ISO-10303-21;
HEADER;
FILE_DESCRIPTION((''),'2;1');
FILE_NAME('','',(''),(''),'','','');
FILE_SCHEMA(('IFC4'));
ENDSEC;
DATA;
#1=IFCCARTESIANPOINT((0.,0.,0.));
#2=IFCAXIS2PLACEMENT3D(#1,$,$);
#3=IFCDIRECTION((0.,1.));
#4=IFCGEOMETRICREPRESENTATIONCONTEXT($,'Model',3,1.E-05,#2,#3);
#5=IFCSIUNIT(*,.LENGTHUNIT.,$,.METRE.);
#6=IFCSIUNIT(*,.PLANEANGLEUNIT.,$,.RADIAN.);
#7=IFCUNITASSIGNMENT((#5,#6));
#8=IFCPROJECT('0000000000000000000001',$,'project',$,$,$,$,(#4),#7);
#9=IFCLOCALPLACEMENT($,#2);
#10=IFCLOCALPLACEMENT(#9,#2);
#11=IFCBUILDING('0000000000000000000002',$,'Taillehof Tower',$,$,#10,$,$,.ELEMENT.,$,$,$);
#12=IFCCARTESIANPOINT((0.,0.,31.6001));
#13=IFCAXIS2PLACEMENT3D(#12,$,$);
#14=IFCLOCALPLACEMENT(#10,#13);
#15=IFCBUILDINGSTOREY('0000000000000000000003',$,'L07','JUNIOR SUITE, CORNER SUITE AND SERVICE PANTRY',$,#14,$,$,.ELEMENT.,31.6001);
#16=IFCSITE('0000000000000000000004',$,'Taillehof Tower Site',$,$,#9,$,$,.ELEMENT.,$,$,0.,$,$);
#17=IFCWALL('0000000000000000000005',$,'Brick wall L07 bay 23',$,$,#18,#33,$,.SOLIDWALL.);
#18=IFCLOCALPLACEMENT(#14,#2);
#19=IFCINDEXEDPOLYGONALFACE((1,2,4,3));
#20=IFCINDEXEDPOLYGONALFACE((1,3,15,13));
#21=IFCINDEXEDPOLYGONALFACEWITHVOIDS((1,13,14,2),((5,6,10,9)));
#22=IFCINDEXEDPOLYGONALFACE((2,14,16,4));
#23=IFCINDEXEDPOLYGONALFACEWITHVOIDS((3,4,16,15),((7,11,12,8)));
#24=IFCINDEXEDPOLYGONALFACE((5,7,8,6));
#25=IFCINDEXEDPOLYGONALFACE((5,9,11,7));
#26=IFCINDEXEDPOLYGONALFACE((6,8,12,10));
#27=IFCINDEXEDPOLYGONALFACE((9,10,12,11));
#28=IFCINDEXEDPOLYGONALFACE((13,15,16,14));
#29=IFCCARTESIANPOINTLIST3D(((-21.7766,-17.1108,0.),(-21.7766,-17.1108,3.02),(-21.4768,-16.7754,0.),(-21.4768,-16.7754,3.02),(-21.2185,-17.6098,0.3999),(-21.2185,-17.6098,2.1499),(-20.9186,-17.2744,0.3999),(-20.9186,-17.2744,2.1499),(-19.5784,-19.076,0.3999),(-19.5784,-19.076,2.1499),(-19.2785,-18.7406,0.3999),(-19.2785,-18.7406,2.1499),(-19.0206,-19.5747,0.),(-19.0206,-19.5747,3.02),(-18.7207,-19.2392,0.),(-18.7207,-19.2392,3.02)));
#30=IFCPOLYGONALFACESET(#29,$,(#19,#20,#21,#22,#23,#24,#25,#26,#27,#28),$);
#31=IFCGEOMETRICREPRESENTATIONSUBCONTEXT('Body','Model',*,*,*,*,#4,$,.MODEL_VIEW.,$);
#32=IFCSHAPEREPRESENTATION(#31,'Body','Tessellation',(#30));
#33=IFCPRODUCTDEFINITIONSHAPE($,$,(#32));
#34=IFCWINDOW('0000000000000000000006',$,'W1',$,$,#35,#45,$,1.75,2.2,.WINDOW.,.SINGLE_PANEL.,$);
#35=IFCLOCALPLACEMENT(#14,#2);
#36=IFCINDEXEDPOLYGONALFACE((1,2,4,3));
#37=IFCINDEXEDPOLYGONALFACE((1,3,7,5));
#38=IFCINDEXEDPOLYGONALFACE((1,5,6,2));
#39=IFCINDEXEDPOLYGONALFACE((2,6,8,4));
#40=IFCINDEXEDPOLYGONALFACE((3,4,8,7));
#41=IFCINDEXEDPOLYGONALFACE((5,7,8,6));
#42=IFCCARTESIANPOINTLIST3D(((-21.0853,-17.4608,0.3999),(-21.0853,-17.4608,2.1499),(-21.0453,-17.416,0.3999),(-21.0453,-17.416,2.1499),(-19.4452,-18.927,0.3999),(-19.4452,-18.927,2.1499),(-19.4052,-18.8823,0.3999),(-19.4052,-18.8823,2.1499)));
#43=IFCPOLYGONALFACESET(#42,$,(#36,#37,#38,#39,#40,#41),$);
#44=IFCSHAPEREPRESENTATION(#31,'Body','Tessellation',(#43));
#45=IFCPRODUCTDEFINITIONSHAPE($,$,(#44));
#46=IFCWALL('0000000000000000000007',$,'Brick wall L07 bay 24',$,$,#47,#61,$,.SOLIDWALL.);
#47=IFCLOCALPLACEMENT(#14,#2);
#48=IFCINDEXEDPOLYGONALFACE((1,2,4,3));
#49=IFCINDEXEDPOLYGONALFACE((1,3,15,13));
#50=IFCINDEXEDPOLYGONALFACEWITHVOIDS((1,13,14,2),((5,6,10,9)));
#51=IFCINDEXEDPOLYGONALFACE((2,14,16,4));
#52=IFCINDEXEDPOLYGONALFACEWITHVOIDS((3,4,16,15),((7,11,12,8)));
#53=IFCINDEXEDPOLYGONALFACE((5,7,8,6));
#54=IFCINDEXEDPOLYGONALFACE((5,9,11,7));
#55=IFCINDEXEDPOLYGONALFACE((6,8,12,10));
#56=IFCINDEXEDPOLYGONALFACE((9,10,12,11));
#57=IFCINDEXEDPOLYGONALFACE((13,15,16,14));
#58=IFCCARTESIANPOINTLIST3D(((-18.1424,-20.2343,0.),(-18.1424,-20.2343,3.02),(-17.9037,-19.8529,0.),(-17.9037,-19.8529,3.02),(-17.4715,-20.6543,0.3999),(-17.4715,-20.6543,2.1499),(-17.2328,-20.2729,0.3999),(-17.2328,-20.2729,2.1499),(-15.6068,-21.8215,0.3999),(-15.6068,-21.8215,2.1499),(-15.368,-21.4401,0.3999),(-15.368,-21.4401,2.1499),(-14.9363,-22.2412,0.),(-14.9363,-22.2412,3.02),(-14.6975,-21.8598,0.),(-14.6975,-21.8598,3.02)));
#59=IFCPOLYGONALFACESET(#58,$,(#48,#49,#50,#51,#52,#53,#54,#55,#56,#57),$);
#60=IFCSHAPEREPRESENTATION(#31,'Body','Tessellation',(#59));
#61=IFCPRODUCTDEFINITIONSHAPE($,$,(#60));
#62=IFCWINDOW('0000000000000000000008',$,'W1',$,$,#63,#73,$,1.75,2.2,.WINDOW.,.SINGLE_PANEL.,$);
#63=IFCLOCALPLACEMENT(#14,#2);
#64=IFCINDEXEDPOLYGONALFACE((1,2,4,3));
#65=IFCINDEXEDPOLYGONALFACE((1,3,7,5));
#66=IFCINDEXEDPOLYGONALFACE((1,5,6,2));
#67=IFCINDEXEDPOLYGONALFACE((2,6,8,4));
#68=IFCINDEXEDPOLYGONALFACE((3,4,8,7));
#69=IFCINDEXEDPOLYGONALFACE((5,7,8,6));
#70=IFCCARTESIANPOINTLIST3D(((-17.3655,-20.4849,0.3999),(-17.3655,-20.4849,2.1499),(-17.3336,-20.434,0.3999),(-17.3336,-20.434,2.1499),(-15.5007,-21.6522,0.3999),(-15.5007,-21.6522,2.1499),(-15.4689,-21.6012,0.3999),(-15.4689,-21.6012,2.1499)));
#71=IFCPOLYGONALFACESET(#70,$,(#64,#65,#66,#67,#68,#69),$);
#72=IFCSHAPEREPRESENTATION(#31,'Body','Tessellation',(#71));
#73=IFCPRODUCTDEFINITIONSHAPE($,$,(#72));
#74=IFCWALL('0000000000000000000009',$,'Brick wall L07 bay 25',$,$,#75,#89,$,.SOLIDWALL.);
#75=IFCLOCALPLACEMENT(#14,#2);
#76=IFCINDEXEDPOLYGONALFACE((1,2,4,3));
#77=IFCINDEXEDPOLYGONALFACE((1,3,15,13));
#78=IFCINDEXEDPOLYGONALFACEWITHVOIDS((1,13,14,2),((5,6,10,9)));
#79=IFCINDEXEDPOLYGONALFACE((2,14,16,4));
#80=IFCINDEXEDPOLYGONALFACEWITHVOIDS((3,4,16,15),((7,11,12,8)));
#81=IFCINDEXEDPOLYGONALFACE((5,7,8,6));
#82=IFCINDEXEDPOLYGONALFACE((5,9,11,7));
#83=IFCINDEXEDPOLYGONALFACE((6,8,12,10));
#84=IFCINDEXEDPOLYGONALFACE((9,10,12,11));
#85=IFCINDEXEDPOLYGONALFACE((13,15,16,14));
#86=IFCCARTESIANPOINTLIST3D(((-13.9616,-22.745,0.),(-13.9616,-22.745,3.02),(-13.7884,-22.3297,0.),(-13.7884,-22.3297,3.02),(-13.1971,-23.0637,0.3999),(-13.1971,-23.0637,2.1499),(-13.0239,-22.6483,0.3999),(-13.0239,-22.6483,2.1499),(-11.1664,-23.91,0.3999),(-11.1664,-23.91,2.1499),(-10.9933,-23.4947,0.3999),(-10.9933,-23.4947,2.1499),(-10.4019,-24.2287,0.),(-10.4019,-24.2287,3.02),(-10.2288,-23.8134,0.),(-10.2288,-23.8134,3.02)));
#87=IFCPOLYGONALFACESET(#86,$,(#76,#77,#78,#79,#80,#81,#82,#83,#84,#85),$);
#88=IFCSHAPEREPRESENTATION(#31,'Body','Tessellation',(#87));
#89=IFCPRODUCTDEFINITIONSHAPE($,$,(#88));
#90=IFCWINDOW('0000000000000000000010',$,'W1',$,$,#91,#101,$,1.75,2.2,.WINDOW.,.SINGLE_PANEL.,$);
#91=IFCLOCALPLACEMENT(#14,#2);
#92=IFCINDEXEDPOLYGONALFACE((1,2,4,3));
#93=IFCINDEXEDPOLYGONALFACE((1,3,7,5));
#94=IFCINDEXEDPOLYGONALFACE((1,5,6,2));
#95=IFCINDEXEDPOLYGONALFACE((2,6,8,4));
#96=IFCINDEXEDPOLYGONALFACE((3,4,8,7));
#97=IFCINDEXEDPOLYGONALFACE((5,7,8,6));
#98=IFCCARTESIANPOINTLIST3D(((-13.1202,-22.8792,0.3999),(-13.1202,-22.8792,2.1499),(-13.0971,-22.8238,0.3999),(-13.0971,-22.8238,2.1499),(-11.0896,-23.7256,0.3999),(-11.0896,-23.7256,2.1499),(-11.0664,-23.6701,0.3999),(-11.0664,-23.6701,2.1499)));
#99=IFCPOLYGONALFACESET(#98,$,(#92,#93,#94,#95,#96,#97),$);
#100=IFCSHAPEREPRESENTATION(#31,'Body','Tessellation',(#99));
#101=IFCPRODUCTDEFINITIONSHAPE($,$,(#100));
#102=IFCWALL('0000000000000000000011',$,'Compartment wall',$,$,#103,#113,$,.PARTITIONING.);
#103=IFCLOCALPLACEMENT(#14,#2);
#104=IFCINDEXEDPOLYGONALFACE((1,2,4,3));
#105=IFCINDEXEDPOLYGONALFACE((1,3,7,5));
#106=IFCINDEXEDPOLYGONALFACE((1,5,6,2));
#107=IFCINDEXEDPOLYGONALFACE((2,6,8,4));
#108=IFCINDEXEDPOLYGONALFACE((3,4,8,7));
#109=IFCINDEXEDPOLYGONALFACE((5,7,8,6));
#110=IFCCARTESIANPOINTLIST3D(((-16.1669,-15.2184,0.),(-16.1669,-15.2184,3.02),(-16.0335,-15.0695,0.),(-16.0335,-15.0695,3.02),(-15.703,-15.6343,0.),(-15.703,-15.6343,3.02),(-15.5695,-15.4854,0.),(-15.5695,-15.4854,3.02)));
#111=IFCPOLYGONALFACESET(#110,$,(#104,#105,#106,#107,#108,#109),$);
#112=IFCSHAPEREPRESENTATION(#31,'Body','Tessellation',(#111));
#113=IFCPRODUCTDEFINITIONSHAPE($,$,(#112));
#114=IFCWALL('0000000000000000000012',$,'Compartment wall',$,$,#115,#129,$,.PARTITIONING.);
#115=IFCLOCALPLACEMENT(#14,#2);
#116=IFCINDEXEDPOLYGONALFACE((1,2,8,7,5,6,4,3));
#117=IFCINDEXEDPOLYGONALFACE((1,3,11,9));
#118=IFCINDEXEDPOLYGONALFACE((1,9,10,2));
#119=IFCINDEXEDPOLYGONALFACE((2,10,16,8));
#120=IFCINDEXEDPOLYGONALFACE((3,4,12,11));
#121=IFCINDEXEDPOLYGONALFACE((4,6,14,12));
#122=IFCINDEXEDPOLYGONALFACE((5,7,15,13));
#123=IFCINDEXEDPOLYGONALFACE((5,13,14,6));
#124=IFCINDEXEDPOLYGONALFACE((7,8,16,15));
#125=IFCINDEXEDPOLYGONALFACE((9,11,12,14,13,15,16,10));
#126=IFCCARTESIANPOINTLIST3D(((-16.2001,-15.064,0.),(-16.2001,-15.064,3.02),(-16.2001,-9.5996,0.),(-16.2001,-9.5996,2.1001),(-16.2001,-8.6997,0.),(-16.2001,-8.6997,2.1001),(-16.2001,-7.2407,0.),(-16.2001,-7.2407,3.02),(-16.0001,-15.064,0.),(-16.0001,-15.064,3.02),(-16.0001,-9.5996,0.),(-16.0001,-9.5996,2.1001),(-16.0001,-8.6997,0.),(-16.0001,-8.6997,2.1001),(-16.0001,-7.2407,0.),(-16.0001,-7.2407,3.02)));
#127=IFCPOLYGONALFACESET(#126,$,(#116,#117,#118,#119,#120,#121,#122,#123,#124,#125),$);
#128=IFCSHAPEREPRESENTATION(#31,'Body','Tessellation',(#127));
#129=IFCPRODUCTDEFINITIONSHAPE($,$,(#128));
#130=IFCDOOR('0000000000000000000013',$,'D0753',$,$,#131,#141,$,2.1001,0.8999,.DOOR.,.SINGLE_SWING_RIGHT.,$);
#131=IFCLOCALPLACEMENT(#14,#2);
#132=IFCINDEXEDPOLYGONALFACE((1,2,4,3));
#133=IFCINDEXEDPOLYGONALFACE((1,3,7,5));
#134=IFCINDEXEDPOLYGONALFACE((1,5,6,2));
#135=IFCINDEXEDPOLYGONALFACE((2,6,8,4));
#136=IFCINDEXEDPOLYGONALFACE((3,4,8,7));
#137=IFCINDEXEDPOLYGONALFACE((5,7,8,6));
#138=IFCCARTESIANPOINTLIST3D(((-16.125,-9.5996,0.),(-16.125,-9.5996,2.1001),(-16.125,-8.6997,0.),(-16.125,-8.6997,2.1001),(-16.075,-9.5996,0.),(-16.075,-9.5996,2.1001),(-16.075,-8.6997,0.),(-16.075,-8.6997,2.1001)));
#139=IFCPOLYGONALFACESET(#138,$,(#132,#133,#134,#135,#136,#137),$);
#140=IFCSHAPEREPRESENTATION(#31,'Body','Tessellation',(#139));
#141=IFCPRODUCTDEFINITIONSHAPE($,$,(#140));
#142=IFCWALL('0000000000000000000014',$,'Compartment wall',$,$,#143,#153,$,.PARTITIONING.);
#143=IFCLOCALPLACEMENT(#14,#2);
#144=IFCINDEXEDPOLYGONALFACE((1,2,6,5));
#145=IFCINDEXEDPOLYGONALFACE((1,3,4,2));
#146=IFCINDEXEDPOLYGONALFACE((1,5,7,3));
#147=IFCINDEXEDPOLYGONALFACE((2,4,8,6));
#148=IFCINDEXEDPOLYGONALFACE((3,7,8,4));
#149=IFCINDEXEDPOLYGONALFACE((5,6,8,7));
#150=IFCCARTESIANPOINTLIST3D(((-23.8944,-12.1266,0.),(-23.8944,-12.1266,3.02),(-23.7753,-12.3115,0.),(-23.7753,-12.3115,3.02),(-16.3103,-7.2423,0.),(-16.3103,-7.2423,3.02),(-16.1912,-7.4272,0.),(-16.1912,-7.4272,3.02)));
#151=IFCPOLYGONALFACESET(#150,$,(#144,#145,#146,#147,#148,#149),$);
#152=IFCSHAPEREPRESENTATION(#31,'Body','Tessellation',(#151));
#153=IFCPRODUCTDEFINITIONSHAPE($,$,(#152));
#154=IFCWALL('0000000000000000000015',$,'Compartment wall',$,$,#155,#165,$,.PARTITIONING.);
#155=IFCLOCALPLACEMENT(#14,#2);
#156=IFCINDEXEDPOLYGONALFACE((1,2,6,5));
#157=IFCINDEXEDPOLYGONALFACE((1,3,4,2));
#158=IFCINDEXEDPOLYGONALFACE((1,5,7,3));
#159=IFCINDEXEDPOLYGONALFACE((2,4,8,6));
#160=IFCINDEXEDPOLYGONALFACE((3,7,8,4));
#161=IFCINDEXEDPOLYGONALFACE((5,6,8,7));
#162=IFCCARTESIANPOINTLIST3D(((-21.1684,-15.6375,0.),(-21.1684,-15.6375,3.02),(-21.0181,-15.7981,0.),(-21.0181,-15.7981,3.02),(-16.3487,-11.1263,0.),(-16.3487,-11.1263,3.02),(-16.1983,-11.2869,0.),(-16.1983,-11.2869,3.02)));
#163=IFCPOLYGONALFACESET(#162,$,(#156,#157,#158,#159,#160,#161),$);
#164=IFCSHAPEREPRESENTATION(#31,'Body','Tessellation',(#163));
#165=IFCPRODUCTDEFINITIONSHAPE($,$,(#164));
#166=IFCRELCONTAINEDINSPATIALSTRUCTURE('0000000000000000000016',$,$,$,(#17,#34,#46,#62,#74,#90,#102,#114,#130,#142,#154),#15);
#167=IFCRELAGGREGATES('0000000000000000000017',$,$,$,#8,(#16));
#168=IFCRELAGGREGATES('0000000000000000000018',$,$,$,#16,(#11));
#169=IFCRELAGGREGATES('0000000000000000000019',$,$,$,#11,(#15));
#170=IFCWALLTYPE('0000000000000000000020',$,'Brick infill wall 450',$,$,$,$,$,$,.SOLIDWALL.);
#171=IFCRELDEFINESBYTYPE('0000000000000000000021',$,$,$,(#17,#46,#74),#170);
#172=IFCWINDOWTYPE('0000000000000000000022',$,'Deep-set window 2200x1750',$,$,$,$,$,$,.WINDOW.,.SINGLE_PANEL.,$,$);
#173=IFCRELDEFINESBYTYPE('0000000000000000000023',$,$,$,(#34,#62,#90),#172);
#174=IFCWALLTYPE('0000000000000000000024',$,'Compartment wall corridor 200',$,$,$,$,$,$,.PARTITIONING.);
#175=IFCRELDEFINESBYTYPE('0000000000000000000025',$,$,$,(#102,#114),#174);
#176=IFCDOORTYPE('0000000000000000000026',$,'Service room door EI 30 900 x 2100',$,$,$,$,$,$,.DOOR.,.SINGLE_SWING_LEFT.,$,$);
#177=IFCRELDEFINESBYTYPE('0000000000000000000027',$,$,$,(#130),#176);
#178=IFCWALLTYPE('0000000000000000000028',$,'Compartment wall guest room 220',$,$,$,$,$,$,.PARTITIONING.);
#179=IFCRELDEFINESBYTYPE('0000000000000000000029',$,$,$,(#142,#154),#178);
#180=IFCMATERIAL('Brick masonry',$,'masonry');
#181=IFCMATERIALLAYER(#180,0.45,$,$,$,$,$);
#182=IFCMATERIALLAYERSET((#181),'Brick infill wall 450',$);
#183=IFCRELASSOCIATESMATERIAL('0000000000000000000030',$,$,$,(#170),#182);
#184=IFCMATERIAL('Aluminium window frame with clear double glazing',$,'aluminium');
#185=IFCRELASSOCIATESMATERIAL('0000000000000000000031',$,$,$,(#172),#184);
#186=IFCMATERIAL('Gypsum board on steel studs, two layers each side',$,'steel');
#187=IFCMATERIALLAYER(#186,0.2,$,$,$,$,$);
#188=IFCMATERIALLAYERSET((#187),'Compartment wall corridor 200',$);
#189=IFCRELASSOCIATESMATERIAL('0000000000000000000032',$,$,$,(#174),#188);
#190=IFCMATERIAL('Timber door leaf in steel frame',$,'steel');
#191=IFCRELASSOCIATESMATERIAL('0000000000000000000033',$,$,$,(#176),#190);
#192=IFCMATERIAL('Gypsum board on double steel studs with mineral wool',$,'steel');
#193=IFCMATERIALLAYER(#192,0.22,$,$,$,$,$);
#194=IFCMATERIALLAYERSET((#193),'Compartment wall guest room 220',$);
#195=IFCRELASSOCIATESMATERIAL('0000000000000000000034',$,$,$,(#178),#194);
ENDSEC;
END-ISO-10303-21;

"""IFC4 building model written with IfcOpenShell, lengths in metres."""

from ifc_helpers import new_model, si_unit, direction, frame, frame_2d, origin, place, context, subcontext, project, spatial, rectangle, extrude, material, layer, layer_set, type_object, element, fill, save


model = new_model("IFC4")

# Units and contexts
model_context = context("Model", 3, precision=1e-05, world=origin(), true_north=direction((0.0, 1.0)))
body_context = subcontext(model_context, "Body", "Model", "MODEL_VIEW")
ifc_project = project(units=[si_unit("LENGTHUNIT", "METRE"), si_unit("PLANEANGLEUNIT", "RADIAN")], contexts=[model_context])

# Site, building, storey
site_placement = place(None, origin())
site = spatial("IfcSite", under=ifc_project, at=site_placement, Name="Taillehof Tower Site", CompositionType="ELEMENT", RefElevation=0.0)
building_placement = place(site_placement, origin())
building = spatial("IfcBuilding", under=site, at=building_placement, Name="Taillehof Tower", CompositionType="ELEMENT")
storey_placement = place(building_placement, frame((0.0, 0.0, 31.6001)))
storey = spatial("IfcBuildingStorey", under=building, at=storey_placement, Name="L07", Description="JUNIOR SUITE, CORNER SUITE AND SERVICE PANTRY", CompositionType="ELEMENT", Elevation=31.6001)

# Walls, openings, windows
ifc_material_1 = material(Name="Brick masonry", Category="masonry")
ifc_layer_1 = layer(ifc_material_1, 0.45)
ifc_layer_set_1 = layer_set([ifc_layer_1], Name="Brick infill wall 450")
wall_type_1 = type_object("IfcWallType", Name="Brick infill wall 450", PredefinedType="SOLIDWALL", material=ifc_layer_set_1)
ifc_material_2 = material(Name="Aluminium window frame with clear double glazing", Category="aluminium")
window_type = type_object("IfcWindowType", Name="Deep-set window 2200x1750", PartitioningType="SINGLE_PANEL", PredefinedType="WINDOW", material=ifc_material_2)
wall_1_placement = place(storey_placement, frame((-21.6267, -16.9431, 0.0), z_axis=(0.0, 0.0, 1.0), x_axis=(0.745526, -0.666476, 0.0)))
wall_1 = element("IfcWall", 1, at=wall_1_placement, inside=storey, type_object=wall_type_1, Name="Brick wall L07 bay 23", PredefinedType="SOLIDWALL", context=body_context, shape_type="SweptSolid", body=[
    extrude(rectangle(XDim=3.6968, YDim=0.45, at=frame_2d((1.8484, 0.0))), origin(), (0.0, 0.0, 1.0), 3.02),
])
opening_1_placement = place(wall_1_placement, frame((0.7485, 0.0, 0.3999)))
opening_1 = element("IfcOpeningElement", 2, at=opening_1_placement, cuts=wall_1, PredefinedType="OPENING", context=body_context, shape_type="SweptSolid", body=[
    extrude(rectangle(XDim=2.2, YDim=1.75, at=frame_2d((1.1001, 0.875))), frame((0.0, 0.2349, 0.0), z_axis=(0.0, -1.0, 0.0), x_axis=(1.0, 0.0, 0.0)), (0.0, 0.0, 1.0), 0.47),
])
window_1_placement = place(opening_1_placement, origin())
window_1 = element("IfcWindow", 3, at=window_1_placement, inside=storey, type_object=window_type, Name="W1", OverallHeight=1.75, OverallWidth=2.2, PartitioningType="SINGLE_PANEL", PredefinedType="WINDOW", context=body_context, shape_type="SweptSolid", body=[
    extrude(rectangle(XDim=2.2, YDim=1.75, at=frame_2d((1.1001, 0.875))), frame((0.0, 0.0349, 0.0), z_axis=(0.0, -1.0, 0.0), x_axis=(1.0, 0.0, 0.0)), (0.0, 0.0, 1.0), 0.0601),
])
fill(opening_1, window_1)
wall_2_placement = place(storey_placement, frame((-18.0229, -20.0437, 0.0), z_axis=(0.0, 0.0, 1.0), x_axis=(0.847635, -0.530579, 0.0)))
wall_2 = element("IfcWall", 4, at=wall_2_placement, inside=storey, type_object=wall_type_1, Name="Brick wall L07 bay 24", PredefinedType="SOLIDWALL", context=body_context, shape_type="SweptSolid", body=[
    extrude(rectangle(XDim=3.7825, YDim=0.45, at=frame_2d((1.8911, 0.0))), origin(), (0.0, 0.0, 1.0), 3.02),
])
opening_2_placement = place(wall_2_placement, frame((0.7913, 0.0, 0.3999)))
opening_2 = element("IfcOpeningElement", 5, at=opening_2_placement, cuts=wall_2, PredefinedType="OPENING", context=body_context, shape_type="SweptSolid", body=[
    extrude(rectangle(XDim=2.2, YDim=1.75, at=frame_2d((1.1001, 0.875))), frame((0.0, 0.2349, 0.0), z_axis=(0.0, -1.0, 0.0), x_axis=(1.0, 0.0, 0.0)), (0.0, 0.0, 1.0), 0.47),
])
window_2_placement = place(opening_2_placement, origin())
window_2 = element("IfcWindow", 6, at=window_2_placement, inside=storey, type_object=window_type, Name="W1", OverallHeight=1.75, OverallWidth=2.2, PartitioningType="SINGLE_PANEL", PredefinedType="WINDOW", context=body_context, shape_type="SweptSolid", body=[
    extrude(rectangle(XDim=2.2, YDim=1.75, at=frame_2d((1.1001, 0.875))), frame((0.0, 0.0349, 0.0), z_axis=(0.0, -1.0, 0.0), x_axis=(1.0, 0.0, 0.0)), (0.0, 0.0, 1.0), 0.0601),
])
fill(opening_2, window_2)
wall_3_placement = place(storey_placement, frame((-13.875, -22.5374, 0.0), z_axis=(0.0, 0.0, 1.0), x_axis=(0.923032, -0.384723, 0.0)))
wall_3 = element("IfcWall", 7, at=wall_3_placement, inside=storey, type_object=wall_type_1, Name="Brick wall L07 bay 25", PredefinedType="SOLIDWALL", context=body_context, shape_type="SweptSolid", body=[
    extrude(rectangle(XDim=3.8564, YDim=0.45, at=frame_2d((1.9282, 0.0))), origin(), (0.0, 0.0, 1.0), 3.02),
])
opening_3_placement = place(wall_3_placement, frame((0.8281, 0.0, 0.3999)))
opening_3 = element("IfcOpeningElement", 8, at=opening_3_placement, cuts=wall_3, PredefinedType="OPENING", context=body_context, shape_type="SweptSolid", body=[
    extrude(rectangle(XDim=2.2, YDim=1.75, at=frame_2d((1.1001, 0.875))), frame((0.0, 0.2349, 0.0), z_axis=(0.0, -1.0, 0.0), x_axis=(1.0, 0.0, 0.0)), (0.0, 0.0, 1.0), 0.47),
])
window_3_placement = place(opening_3_placement, origin())
window_3 = element("IfcWindow", 9, at=window_3_placement, inside=storey, type_object=window_type, Name="W1", OverallHeight=1.75, OverallWidth=2.2, PartitioningType="SINGLE_PANEL", PredefinedType="WINDOW", context=body_context, shape_type="SweptSolid", body=[
    extrude(rectangle(XDim=2.2, YDim=1.75, at=frame_2d((1.1001, 0.875))), frame((0.0, 0.0349, 0.0), z_axis=(0.0, -1.0, 0.0), x_axis=(1.0, 0.0, 0.0)), (0.0, 0.0, 1.0), 0.0601),
])
fill(opening_3, window_3)

# Wall
ifc_material_3 = material(Name="Gypsum board on steel studs, two layers each side", Category="steel")
ifc_layer_2 = layer(ifc_material_3, 0.2)
ifc_layer_set_2 = layer_set([ifc_layer_2], Name="Compartment wall corridor 200")
wall_type_2 = type_object("IfcWallType", Name="Compartment wall corridor 200", PredefinedType="PARTITIONING", material=ifc_layer_set_2)
wall_4_placement = place(storey_placement, frame((-15.6362, -15.5598, 0.0), z_axis=(0.0, 0.0, 1.0), x_axis=(-0.744657, 0.667448, 0.0)))
element("IfcWall", 10, at=wall_4_placement, inside=storey, type_object=wall_type_2, Name="Compartment wall", PredefinedType="PARTITIONING", context=body_context, shape_type="SweptSolid", body=[
    extrude(rectangle(XDim=0.623, YDim=0.2, at=frame_2d((0.3115, 0.0))), origin(), (0.0, 0.0, 1.0), 3.02),
])

# Wall, opening, door
wall_5_placement = place(storey_placement, frame((-16.1001, -15.064, 0.0), z_axis=(0.0, 0.0, 1.0), x_axis=(0.0, 1.0, 0.0)))
wall_5 = element("IfcWall", 11, at=wall_5_placement, inside=storey, type_object=wall_type_2, Name="Compartment wall", PredefinedType="PARTITIONING", context=body_context, shape_type="SweptSolid", body=[
    extrude(rectangle(XDim=7.8232, YDim=0.2, at=frame_2d((3.9116, 0.0))), origin(), (0.0, 0.0, 1.0), 3.02),
])
opening_4_placement = place(wall_5_placement, frame((5.4644, 0.0, 0.0)))
opening_4 = element("IfcOpeningElement", 12, at=opening_4_placement, cuts=wall_5, PredefinedType="OPENING", context=body_context, shape_type="SweptSolid", body=[
    extrude(rectangle(XDim=0.8999, YDim=2.1001, at=frame_2d((0.45, 1.05))), frame((0.0, 0.1099, 0.0), z_axis=(0.0, -1.0, 0.0), x_axis=(1.0, 0.0, 0.0)), (0.0, 0.0, 1.0), 0.22),
])
ifc_material_4 = material(Name="Timber door leaf in steel frame", Category="steel")
door_type = type_object("IfcDoorType", Name="Service room door EI 30 900 x 2100", OperationType="SINGLE_SWING_LEFT", PredefinedType="DOOR", material=ifc_material_4)
door_placement = place(opening_4_placement, origin())
door = element("IfcDoor", 13, at=door_placement, inside=storey, type_object=door_type, Name="D0753", OperationType="SINGLE_SWING_RIGHT", OverallHeight=2.1001, OverallWidth=0.8999, PredefinedType="DOOR", context=body_context, shape_type="SweptSolid", body=[
    extrude(rectangle(XDim=0.8999, YDim=2.1001, at=frame_2d((0.45, 1.05))), frame((0.0, 0.0249, 0.0), z_axis=(0.0, -1.0, 0.0), x_axis=(1.0, 0.0, 0.0)), (0.0, 0.0, 1.0), 0.05),
])
fill(opening_4, door)

# Walls
ifc_material_5 = material(Name="Gypsum board on double steel studs with mineral wool", Category="steel")
ifc_layer_3 = layer(ifc_material_5, 0.22)
ifc_layer_set_3 = layer_set([ifc_layer_3], Name="Compartment wall guest room 220")
wall_type_3 = type_object("IfcWallType", Name="Compartment wall guest room 220", PredefinedType="PARTITIONING", material=ifc_layer_set_3)
wall_6_placement = place(storey_placement, frame((-23.8347, -12.219, 0.0), z_axis=(0.0, 0.0, 1.0), x_axis=(0.840731, 0.541452, 0.0)))
element("IfcWall", 14, at=wall_6_placement, inside=storey, type_object=wall_type_3, Name="Compartment wall", PredefinedType="PARTITIONING", context=body_context, shape_type="SweptSolid", body=[
    extrude(rectangle(XDim=9.0208, YDim=0.22, at=frame_2d((4.5103, 0.0))), origin(), (0.0, 0.0, 1.0), 3.02),
])
wall_7_placement = place(storey_placement, frame((-21.0933, -15.7178, 0.0), z_axis=(0.0, 0.0, 1.0), x_axis=(0.730093, 0.683348, 0.0)))
element("IfcWall", 15, at=wall_7_placement, inside=storey, type_object=wall_type_3, Name="Compartment wall", PredefinedType="PARTITIONING", context=body_context, shape_type="SweptSolid", body=[
    extrude(rectangle(XDim=6.6016, YDim=0.22, at=frame_2d((3.3008, 0.0))), origin(), (0.0, 0.0, 1.0), 3.02),
])

save(model, "model.ifc")
